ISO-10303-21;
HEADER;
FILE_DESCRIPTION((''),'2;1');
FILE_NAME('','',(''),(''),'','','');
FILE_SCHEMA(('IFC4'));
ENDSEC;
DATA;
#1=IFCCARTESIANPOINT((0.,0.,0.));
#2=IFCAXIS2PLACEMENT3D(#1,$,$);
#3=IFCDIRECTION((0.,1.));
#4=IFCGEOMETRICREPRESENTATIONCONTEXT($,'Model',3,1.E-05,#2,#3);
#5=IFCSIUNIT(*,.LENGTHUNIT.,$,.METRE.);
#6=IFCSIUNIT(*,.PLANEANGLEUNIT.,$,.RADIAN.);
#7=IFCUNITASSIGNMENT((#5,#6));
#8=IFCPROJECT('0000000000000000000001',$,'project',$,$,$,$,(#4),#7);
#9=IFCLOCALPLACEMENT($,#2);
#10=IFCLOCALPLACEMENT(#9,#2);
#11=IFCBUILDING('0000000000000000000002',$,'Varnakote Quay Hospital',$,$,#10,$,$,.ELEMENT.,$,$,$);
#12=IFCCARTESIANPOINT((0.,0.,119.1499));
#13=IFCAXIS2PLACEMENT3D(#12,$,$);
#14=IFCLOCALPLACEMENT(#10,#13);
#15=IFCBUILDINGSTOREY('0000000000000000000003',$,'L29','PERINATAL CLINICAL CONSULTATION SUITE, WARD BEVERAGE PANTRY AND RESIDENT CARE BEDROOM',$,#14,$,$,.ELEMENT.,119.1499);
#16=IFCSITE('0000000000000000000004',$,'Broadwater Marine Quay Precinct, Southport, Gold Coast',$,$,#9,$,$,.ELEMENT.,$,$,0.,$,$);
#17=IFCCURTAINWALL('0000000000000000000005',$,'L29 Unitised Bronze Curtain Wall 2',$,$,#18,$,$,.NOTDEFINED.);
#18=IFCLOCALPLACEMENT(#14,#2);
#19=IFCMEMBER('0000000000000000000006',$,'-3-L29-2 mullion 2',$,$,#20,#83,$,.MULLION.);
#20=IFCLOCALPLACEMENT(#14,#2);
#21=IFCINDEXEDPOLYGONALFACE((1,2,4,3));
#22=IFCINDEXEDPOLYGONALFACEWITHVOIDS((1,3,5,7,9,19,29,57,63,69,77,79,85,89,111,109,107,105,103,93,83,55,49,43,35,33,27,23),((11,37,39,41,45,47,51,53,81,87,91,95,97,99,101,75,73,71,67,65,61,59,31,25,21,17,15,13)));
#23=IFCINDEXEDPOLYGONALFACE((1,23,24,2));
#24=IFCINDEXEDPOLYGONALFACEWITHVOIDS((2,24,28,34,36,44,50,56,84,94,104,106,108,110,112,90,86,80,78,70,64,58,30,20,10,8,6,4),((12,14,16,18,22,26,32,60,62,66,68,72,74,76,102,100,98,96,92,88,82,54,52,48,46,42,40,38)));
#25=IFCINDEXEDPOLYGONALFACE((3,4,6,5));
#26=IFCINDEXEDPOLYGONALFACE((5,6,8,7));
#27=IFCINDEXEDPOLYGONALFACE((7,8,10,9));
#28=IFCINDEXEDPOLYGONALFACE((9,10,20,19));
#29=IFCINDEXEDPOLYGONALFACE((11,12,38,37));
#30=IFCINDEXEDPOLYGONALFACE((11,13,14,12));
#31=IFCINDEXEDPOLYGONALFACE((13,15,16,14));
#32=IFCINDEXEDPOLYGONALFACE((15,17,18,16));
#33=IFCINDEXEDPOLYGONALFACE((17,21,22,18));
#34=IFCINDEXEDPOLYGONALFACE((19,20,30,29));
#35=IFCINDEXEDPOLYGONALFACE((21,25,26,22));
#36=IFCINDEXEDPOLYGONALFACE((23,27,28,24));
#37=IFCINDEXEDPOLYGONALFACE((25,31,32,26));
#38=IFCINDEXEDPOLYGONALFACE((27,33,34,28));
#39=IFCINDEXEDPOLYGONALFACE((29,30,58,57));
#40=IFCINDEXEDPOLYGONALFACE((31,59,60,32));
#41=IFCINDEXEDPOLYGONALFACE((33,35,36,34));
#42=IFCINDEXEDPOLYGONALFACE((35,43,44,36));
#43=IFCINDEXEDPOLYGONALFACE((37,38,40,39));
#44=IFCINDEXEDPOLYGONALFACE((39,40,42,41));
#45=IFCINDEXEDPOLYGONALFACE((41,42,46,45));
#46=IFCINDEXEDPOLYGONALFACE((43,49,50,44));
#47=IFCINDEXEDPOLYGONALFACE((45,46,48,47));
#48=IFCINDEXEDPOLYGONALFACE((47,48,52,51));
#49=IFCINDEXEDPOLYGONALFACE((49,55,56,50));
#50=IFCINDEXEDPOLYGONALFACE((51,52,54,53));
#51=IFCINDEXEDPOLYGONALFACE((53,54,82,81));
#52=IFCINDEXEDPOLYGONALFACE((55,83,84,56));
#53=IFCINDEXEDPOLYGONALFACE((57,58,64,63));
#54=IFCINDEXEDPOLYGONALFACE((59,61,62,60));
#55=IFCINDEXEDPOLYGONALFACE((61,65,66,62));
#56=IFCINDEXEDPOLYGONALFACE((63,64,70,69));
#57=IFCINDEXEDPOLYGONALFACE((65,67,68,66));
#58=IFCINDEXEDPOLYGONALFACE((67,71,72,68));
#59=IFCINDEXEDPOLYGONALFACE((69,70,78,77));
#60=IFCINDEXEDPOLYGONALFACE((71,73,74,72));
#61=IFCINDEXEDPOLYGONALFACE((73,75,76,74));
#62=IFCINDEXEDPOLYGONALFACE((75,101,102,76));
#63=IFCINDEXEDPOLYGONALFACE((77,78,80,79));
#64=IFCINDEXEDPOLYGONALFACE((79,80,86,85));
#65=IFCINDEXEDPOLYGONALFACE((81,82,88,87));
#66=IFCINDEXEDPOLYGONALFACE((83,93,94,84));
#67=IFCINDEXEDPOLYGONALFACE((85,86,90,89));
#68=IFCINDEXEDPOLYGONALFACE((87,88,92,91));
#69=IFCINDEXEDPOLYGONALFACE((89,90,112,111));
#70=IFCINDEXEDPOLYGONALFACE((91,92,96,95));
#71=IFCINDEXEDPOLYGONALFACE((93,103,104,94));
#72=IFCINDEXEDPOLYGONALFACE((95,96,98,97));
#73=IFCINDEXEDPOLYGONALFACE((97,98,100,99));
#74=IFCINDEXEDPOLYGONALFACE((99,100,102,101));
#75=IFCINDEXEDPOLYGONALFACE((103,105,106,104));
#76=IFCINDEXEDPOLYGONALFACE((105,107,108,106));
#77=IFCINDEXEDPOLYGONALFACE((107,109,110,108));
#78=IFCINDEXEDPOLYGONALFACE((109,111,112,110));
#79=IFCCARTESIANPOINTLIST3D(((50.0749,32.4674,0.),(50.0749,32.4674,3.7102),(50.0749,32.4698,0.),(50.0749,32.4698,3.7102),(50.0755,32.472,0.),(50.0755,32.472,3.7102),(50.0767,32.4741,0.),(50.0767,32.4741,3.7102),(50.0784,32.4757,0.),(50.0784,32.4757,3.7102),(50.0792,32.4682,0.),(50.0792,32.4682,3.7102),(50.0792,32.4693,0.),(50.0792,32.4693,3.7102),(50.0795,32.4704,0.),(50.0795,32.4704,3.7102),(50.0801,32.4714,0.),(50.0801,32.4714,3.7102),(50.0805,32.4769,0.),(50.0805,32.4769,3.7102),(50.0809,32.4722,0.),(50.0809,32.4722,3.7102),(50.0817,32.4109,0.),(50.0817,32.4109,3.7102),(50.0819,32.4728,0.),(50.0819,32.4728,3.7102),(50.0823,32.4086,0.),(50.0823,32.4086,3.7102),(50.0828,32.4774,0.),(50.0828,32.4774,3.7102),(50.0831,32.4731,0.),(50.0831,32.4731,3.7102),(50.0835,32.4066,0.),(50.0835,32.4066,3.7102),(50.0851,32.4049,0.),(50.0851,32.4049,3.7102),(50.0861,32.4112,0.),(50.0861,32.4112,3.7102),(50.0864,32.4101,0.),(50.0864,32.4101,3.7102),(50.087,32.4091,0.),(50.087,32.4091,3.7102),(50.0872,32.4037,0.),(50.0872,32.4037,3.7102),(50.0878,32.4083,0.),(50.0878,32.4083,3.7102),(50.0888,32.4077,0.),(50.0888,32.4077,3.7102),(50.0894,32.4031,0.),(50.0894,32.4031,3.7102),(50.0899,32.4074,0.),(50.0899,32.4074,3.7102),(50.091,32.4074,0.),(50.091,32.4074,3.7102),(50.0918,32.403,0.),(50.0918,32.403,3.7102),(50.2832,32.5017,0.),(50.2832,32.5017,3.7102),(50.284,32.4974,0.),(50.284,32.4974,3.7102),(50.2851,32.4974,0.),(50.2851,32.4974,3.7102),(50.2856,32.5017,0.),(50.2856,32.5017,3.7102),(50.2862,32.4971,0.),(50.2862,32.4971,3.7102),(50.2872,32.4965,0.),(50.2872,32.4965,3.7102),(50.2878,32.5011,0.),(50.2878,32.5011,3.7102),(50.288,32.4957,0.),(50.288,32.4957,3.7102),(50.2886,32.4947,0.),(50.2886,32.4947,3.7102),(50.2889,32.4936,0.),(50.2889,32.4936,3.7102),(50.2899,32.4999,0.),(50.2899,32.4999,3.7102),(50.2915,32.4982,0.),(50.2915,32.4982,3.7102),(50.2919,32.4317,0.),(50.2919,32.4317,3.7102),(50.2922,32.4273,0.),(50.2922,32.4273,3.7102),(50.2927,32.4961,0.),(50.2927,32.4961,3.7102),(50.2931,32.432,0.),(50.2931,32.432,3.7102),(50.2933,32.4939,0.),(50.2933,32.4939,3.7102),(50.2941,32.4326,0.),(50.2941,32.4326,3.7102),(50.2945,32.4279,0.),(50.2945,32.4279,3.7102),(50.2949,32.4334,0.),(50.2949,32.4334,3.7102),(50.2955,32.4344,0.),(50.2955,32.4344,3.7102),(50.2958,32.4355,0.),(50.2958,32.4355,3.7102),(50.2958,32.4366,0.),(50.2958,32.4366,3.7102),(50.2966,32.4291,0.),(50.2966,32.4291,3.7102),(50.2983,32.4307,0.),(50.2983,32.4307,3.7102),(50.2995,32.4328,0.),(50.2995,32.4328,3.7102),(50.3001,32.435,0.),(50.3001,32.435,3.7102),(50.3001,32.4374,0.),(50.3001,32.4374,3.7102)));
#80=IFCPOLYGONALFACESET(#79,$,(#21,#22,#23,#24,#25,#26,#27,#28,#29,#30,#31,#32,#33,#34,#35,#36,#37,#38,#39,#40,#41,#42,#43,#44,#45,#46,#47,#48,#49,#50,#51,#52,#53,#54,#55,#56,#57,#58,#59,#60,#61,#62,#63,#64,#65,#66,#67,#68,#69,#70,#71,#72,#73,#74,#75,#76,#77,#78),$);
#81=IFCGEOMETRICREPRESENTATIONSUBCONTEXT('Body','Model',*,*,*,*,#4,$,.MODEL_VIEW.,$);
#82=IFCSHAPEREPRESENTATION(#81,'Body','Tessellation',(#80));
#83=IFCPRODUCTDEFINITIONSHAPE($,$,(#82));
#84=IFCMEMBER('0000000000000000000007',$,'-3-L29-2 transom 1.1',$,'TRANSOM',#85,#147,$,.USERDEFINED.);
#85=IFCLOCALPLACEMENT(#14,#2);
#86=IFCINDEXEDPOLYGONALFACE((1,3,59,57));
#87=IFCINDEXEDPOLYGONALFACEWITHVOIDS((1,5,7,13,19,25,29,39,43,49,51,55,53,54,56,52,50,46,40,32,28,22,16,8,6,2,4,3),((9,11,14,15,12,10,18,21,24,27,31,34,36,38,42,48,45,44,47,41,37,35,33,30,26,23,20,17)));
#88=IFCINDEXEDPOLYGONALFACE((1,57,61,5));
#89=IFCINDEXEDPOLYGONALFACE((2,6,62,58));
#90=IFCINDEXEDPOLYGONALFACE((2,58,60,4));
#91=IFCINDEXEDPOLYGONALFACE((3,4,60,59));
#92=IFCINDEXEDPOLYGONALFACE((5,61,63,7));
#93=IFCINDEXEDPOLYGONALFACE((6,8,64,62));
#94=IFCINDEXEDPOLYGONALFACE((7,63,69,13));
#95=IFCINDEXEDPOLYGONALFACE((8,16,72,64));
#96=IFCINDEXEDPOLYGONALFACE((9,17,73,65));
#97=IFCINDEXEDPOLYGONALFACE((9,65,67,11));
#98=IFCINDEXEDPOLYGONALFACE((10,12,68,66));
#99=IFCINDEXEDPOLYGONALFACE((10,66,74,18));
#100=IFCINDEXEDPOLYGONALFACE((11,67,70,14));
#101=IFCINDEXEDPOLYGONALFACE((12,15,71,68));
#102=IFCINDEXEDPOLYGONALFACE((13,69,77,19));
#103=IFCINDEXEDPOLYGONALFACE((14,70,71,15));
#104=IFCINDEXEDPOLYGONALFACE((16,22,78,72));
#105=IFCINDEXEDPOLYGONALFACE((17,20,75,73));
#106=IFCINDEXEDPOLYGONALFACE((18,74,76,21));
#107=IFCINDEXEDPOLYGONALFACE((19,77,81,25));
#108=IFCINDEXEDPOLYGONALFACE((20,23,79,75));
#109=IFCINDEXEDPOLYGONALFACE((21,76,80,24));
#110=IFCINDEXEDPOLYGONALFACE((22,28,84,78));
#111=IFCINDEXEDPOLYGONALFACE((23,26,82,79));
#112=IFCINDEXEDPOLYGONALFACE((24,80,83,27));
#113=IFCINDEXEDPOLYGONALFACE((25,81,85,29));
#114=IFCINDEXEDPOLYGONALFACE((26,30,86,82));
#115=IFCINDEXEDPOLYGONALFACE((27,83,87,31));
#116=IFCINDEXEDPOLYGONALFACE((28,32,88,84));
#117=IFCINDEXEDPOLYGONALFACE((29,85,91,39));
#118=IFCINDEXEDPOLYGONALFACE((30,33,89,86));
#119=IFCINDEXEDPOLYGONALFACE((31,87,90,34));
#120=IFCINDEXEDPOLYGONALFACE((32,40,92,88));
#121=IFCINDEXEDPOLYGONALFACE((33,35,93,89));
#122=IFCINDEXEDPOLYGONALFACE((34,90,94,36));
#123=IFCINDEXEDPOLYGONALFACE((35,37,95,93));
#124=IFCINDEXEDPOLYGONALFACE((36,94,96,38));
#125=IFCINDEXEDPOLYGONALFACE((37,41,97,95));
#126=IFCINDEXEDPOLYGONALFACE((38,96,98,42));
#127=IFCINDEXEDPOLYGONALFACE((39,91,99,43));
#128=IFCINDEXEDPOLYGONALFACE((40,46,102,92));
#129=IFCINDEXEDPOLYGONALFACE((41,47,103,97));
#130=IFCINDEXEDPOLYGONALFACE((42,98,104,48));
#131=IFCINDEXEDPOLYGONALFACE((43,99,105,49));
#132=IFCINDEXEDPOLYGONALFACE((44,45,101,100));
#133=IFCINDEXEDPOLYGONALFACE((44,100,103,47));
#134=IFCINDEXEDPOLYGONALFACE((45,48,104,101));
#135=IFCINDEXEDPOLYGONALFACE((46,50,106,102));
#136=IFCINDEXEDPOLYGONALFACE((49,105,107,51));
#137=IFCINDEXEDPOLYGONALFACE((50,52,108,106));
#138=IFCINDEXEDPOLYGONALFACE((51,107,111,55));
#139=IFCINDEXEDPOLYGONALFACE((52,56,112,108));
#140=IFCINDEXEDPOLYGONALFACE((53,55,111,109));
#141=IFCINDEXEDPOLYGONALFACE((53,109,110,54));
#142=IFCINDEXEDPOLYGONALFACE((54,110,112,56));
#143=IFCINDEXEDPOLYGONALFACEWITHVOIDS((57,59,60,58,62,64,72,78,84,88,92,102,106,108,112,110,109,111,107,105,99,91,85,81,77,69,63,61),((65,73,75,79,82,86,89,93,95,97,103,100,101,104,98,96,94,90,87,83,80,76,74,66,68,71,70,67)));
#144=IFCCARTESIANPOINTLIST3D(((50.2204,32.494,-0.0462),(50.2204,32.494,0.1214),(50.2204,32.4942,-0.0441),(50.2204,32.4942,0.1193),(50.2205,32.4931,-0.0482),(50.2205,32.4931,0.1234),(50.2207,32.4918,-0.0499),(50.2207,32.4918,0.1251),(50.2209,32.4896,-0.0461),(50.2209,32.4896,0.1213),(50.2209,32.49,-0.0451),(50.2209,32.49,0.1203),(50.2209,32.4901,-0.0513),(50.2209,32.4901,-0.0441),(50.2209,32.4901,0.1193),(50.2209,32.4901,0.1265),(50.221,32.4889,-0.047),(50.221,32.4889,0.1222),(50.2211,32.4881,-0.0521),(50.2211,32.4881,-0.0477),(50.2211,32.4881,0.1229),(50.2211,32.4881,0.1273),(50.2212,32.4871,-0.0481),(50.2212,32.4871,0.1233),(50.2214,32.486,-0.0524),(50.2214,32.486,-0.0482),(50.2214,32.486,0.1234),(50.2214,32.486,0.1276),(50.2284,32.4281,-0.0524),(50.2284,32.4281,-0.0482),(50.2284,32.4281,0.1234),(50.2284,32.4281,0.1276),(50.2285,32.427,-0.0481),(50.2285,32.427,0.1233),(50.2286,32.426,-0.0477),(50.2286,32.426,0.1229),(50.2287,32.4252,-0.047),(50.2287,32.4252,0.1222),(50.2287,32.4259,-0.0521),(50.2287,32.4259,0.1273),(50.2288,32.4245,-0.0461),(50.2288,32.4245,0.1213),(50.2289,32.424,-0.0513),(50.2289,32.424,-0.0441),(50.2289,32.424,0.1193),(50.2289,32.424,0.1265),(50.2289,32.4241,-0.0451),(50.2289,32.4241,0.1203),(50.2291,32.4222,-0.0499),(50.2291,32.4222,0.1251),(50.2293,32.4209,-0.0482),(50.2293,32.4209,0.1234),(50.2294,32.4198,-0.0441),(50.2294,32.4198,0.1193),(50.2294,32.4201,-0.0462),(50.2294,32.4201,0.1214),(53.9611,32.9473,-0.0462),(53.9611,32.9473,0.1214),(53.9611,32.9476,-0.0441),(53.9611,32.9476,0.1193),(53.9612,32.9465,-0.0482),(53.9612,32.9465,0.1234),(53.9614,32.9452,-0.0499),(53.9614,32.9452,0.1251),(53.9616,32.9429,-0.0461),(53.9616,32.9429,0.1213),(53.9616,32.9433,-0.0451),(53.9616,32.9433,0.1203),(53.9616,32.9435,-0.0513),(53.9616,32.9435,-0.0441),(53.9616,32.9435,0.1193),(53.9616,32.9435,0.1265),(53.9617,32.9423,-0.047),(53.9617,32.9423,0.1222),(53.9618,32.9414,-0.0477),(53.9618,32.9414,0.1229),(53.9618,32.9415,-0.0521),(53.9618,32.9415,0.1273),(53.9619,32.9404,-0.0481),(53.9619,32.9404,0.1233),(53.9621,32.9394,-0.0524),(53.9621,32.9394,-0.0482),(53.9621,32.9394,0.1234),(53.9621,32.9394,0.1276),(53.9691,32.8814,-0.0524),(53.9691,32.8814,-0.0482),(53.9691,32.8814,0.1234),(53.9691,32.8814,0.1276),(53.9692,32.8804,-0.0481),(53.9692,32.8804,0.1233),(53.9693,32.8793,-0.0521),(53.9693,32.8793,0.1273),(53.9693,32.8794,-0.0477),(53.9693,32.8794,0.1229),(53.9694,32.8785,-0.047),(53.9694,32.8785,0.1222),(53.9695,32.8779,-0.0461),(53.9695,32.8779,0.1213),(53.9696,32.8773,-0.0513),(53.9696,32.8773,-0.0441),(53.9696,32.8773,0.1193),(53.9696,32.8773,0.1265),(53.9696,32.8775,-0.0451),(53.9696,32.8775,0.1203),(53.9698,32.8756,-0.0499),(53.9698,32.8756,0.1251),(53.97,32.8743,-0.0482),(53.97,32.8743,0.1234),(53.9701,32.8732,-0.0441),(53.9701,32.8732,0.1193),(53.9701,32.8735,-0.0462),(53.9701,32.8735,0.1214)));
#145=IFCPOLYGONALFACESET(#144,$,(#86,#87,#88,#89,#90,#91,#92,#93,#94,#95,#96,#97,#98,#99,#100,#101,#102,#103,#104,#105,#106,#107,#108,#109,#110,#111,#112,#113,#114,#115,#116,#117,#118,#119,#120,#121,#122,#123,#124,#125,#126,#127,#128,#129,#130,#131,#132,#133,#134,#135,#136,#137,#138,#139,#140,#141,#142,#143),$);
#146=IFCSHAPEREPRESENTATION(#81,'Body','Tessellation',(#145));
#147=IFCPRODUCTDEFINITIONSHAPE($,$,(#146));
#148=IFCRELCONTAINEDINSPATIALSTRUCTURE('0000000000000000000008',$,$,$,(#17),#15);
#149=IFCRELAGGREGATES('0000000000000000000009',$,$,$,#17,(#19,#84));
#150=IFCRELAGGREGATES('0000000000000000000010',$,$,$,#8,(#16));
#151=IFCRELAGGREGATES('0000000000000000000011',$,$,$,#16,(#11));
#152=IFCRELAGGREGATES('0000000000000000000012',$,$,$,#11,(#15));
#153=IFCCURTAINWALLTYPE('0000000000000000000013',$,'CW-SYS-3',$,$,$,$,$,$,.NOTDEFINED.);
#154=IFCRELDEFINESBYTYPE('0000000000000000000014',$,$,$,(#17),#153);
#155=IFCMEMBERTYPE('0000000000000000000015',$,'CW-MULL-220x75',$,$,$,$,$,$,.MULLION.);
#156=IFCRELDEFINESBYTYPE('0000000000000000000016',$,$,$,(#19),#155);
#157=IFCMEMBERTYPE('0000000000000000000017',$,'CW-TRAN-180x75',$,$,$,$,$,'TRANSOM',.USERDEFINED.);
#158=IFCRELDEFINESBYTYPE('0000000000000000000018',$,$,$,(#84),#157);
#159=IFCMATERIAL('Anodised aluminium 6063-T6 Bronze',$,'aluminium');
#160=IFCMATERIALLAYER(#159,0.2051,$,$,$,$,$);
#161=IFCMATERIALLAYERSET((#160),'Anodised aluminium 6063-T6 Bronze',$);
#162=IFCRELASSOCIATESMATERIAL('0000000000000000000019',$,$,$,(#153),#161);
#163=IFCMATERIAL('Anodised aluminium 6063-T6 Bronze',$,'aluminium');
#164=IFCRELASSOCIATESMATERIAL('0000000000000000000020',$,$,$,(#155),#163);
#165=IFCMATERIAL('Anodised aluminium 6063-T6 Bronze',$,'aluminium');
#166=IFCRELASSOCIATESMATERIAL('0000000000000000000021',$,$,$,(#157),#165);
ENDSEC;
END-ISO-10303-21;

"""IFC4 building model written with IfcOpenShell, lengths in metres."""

from ifc_helpers import new_model, si_unit, direction, frame, origin, origin_2d, place, context, subcontext, project, spatial, hollow_rectangle, extrude, material, layer, layer_set, material_profile, profile_set, type_object, element, aggregate, save


model = new_model("IFC4")

# Units and contexts
model_context = context("Model", 3, precision=1e-05, world=origin(), true_north=direction((0.0, 1.0)))
body_context = subcontext(model_context, "Body", "Model", "MODEL_VIEW")
ifc_project = project(units=[si_unit("LENGTHUNIT", "METRE"), si_unit("PLANEANGLEUNIT", "RADIAN")], contexts=[model_context])

# Site, building, storey
site_placement = place(None, origin())
site = spatial("IfcSite", under=ifc_project, at=site_placement, Name="Broadwater Marine Quay Precinct, Southport, Gold Coast", CompositionType="ELEMENT", RefElevation=0.0)
building_placement = place(site_placement, origin())
building = spatial("IfcBuilding", under=site, at=building_placement, Name="Varnakote Quay Hospital", CompositionType="ELEMENT")
storey_placement = place(building_placement, frame((0.0, 0.0, 119.1499)))
storey = spatial("IfcBuildingStorey", under=building, at=storey_placement, Name="L29", Description="PERINATAL CLINICAL CONSULTATION SUITE, WARD BEVERAGE PANTRY AND RESIDENT CARE BEDROOM", CompositionType="ELEMENT", Elevation=119.1499)

# Shared definitions
ifc_material_1 = material(Name="Anodised aluminium 6063-T6 Bronze", Category="aluminium")
ifc_layer_1 = layer(ifc_material_1, 0.2051)
ifc_layer_set_1 = layer_set([ifc_layer_1], Name="Anodised aluminium 6063-T6 Bronze")
curtain_wall_type = type_object("IfcCurtainWallType", Name="CW-SYS-3", PredefinedType="NOTDEFINED", material=ifc_layer_set_1)
ifc_material_2 = material(Name="Anodised aluminium 6063-T6 Bronze", Category="aluminium")
ifc_material_profile_1 = material_profile(ifc_material_2, hollow_rectangle(XDim=0.075, YDim=0.22, WallThickness=0.0044, InnerFilletRadius=0.0044, OuterFilletRadius=0.009, at=origin_2d()), Name="CW-MULL-220x75")
ifc_profile_set_1 = profile_set([ifc_material_profile_1], Name="Anodised aluminium 6063-T6 Bronze")
member_type_1 = type_object("IfcMemberType", Name="CW-MULL-220x75", PredefinedType="MULLION", material=ifc_profile_set_1)

# Curtain wall, members
curtain_wall_1_placement = place(storey_placement, origin())
curtain_wall_1 = element("IfcCurtainWall", 1, at=curtain_wall_1_placement, inside=storey, type_object=curtain_wall_type, Name="L29 Unitised Bronze Curtain Wall 2", PredefinedType="NOTDEFINED")
member_1_placement = place(storey_placement, frame((50.1875, 32.4524, 0.0), z_axis=(0.0, 0.0, 1.0), x_axis=(0.120327, -0.992734, 0.0)))
member_1 = element("IfcMember", 2, at=member_1_placement, type_object=member_type_1, Name="-3-L29-2 mullion 2", PredefinedType="MULLION", context=body_context, shape_type="SweptSolid", body=[
    extrude(hollow_rectangle(XDim=0.075, YDim=0.22, WallThickness=0.0044, InnerFilletRadius=0.0044, OuterFilletRadius=0.009, at=origin_2d()), origin(), (0.0, 0.0, 1.0), 3.7102),
])
ifc_material_3 = material(Name="Anodised aluminium 6063-T6 Bronze", Category="aluminium")
ifc_material_profile_2 = material_profile(ifc_material_3, hollow_rectangle(XDim=0.075, YDim=0.1799, WallThickness=0.0042, InnerFilletRadius=0.0042, OuterFilletRadius=0.0083, at=origin_2d()), Name="CW-TRAN-180x75")
ifc_profile_set_2 = profile_set([ifc_material_profile_2], Name="Anodised aluminium 6063-T6 Bronze")
member_type_2 = type_object("IfcMemberType", Name="CW-TRAN-180x75", ElementType="TRANSOM", PredefinedType="USERDEFINED", material=ifc_profile_set_2)
member_2_placement = place(storey_placement, frame((53.9656, 32.9104, 0.0376), z_axis=(-0.992735, -0.120318, 0.0), x_axis=(0.120318, -0.992735, 0.0)))
member_2 = element("IfcMember", 3, at=member_2_placement, type_object=member_type_2, Name="-3-L29-2 transom 1.1", ObjectType="TRANSOM", PredefinedType="USERDEFINED", context=body_context, shape_type="SweptSolid", body=[
    extrude(hollow_rectangle(XDim=0.075, YDim=0.1799, WallThickness=0.0042, InnerFilletRadius=0.0042, OuterFilletRadius=0.0083, at=origin_2d()), origin(), (0.0, 0.0, 1.0), 3.7681),
])

aggregate(curtain_wall_1, [member_1, member_2])

save(model, "model.ifc")
